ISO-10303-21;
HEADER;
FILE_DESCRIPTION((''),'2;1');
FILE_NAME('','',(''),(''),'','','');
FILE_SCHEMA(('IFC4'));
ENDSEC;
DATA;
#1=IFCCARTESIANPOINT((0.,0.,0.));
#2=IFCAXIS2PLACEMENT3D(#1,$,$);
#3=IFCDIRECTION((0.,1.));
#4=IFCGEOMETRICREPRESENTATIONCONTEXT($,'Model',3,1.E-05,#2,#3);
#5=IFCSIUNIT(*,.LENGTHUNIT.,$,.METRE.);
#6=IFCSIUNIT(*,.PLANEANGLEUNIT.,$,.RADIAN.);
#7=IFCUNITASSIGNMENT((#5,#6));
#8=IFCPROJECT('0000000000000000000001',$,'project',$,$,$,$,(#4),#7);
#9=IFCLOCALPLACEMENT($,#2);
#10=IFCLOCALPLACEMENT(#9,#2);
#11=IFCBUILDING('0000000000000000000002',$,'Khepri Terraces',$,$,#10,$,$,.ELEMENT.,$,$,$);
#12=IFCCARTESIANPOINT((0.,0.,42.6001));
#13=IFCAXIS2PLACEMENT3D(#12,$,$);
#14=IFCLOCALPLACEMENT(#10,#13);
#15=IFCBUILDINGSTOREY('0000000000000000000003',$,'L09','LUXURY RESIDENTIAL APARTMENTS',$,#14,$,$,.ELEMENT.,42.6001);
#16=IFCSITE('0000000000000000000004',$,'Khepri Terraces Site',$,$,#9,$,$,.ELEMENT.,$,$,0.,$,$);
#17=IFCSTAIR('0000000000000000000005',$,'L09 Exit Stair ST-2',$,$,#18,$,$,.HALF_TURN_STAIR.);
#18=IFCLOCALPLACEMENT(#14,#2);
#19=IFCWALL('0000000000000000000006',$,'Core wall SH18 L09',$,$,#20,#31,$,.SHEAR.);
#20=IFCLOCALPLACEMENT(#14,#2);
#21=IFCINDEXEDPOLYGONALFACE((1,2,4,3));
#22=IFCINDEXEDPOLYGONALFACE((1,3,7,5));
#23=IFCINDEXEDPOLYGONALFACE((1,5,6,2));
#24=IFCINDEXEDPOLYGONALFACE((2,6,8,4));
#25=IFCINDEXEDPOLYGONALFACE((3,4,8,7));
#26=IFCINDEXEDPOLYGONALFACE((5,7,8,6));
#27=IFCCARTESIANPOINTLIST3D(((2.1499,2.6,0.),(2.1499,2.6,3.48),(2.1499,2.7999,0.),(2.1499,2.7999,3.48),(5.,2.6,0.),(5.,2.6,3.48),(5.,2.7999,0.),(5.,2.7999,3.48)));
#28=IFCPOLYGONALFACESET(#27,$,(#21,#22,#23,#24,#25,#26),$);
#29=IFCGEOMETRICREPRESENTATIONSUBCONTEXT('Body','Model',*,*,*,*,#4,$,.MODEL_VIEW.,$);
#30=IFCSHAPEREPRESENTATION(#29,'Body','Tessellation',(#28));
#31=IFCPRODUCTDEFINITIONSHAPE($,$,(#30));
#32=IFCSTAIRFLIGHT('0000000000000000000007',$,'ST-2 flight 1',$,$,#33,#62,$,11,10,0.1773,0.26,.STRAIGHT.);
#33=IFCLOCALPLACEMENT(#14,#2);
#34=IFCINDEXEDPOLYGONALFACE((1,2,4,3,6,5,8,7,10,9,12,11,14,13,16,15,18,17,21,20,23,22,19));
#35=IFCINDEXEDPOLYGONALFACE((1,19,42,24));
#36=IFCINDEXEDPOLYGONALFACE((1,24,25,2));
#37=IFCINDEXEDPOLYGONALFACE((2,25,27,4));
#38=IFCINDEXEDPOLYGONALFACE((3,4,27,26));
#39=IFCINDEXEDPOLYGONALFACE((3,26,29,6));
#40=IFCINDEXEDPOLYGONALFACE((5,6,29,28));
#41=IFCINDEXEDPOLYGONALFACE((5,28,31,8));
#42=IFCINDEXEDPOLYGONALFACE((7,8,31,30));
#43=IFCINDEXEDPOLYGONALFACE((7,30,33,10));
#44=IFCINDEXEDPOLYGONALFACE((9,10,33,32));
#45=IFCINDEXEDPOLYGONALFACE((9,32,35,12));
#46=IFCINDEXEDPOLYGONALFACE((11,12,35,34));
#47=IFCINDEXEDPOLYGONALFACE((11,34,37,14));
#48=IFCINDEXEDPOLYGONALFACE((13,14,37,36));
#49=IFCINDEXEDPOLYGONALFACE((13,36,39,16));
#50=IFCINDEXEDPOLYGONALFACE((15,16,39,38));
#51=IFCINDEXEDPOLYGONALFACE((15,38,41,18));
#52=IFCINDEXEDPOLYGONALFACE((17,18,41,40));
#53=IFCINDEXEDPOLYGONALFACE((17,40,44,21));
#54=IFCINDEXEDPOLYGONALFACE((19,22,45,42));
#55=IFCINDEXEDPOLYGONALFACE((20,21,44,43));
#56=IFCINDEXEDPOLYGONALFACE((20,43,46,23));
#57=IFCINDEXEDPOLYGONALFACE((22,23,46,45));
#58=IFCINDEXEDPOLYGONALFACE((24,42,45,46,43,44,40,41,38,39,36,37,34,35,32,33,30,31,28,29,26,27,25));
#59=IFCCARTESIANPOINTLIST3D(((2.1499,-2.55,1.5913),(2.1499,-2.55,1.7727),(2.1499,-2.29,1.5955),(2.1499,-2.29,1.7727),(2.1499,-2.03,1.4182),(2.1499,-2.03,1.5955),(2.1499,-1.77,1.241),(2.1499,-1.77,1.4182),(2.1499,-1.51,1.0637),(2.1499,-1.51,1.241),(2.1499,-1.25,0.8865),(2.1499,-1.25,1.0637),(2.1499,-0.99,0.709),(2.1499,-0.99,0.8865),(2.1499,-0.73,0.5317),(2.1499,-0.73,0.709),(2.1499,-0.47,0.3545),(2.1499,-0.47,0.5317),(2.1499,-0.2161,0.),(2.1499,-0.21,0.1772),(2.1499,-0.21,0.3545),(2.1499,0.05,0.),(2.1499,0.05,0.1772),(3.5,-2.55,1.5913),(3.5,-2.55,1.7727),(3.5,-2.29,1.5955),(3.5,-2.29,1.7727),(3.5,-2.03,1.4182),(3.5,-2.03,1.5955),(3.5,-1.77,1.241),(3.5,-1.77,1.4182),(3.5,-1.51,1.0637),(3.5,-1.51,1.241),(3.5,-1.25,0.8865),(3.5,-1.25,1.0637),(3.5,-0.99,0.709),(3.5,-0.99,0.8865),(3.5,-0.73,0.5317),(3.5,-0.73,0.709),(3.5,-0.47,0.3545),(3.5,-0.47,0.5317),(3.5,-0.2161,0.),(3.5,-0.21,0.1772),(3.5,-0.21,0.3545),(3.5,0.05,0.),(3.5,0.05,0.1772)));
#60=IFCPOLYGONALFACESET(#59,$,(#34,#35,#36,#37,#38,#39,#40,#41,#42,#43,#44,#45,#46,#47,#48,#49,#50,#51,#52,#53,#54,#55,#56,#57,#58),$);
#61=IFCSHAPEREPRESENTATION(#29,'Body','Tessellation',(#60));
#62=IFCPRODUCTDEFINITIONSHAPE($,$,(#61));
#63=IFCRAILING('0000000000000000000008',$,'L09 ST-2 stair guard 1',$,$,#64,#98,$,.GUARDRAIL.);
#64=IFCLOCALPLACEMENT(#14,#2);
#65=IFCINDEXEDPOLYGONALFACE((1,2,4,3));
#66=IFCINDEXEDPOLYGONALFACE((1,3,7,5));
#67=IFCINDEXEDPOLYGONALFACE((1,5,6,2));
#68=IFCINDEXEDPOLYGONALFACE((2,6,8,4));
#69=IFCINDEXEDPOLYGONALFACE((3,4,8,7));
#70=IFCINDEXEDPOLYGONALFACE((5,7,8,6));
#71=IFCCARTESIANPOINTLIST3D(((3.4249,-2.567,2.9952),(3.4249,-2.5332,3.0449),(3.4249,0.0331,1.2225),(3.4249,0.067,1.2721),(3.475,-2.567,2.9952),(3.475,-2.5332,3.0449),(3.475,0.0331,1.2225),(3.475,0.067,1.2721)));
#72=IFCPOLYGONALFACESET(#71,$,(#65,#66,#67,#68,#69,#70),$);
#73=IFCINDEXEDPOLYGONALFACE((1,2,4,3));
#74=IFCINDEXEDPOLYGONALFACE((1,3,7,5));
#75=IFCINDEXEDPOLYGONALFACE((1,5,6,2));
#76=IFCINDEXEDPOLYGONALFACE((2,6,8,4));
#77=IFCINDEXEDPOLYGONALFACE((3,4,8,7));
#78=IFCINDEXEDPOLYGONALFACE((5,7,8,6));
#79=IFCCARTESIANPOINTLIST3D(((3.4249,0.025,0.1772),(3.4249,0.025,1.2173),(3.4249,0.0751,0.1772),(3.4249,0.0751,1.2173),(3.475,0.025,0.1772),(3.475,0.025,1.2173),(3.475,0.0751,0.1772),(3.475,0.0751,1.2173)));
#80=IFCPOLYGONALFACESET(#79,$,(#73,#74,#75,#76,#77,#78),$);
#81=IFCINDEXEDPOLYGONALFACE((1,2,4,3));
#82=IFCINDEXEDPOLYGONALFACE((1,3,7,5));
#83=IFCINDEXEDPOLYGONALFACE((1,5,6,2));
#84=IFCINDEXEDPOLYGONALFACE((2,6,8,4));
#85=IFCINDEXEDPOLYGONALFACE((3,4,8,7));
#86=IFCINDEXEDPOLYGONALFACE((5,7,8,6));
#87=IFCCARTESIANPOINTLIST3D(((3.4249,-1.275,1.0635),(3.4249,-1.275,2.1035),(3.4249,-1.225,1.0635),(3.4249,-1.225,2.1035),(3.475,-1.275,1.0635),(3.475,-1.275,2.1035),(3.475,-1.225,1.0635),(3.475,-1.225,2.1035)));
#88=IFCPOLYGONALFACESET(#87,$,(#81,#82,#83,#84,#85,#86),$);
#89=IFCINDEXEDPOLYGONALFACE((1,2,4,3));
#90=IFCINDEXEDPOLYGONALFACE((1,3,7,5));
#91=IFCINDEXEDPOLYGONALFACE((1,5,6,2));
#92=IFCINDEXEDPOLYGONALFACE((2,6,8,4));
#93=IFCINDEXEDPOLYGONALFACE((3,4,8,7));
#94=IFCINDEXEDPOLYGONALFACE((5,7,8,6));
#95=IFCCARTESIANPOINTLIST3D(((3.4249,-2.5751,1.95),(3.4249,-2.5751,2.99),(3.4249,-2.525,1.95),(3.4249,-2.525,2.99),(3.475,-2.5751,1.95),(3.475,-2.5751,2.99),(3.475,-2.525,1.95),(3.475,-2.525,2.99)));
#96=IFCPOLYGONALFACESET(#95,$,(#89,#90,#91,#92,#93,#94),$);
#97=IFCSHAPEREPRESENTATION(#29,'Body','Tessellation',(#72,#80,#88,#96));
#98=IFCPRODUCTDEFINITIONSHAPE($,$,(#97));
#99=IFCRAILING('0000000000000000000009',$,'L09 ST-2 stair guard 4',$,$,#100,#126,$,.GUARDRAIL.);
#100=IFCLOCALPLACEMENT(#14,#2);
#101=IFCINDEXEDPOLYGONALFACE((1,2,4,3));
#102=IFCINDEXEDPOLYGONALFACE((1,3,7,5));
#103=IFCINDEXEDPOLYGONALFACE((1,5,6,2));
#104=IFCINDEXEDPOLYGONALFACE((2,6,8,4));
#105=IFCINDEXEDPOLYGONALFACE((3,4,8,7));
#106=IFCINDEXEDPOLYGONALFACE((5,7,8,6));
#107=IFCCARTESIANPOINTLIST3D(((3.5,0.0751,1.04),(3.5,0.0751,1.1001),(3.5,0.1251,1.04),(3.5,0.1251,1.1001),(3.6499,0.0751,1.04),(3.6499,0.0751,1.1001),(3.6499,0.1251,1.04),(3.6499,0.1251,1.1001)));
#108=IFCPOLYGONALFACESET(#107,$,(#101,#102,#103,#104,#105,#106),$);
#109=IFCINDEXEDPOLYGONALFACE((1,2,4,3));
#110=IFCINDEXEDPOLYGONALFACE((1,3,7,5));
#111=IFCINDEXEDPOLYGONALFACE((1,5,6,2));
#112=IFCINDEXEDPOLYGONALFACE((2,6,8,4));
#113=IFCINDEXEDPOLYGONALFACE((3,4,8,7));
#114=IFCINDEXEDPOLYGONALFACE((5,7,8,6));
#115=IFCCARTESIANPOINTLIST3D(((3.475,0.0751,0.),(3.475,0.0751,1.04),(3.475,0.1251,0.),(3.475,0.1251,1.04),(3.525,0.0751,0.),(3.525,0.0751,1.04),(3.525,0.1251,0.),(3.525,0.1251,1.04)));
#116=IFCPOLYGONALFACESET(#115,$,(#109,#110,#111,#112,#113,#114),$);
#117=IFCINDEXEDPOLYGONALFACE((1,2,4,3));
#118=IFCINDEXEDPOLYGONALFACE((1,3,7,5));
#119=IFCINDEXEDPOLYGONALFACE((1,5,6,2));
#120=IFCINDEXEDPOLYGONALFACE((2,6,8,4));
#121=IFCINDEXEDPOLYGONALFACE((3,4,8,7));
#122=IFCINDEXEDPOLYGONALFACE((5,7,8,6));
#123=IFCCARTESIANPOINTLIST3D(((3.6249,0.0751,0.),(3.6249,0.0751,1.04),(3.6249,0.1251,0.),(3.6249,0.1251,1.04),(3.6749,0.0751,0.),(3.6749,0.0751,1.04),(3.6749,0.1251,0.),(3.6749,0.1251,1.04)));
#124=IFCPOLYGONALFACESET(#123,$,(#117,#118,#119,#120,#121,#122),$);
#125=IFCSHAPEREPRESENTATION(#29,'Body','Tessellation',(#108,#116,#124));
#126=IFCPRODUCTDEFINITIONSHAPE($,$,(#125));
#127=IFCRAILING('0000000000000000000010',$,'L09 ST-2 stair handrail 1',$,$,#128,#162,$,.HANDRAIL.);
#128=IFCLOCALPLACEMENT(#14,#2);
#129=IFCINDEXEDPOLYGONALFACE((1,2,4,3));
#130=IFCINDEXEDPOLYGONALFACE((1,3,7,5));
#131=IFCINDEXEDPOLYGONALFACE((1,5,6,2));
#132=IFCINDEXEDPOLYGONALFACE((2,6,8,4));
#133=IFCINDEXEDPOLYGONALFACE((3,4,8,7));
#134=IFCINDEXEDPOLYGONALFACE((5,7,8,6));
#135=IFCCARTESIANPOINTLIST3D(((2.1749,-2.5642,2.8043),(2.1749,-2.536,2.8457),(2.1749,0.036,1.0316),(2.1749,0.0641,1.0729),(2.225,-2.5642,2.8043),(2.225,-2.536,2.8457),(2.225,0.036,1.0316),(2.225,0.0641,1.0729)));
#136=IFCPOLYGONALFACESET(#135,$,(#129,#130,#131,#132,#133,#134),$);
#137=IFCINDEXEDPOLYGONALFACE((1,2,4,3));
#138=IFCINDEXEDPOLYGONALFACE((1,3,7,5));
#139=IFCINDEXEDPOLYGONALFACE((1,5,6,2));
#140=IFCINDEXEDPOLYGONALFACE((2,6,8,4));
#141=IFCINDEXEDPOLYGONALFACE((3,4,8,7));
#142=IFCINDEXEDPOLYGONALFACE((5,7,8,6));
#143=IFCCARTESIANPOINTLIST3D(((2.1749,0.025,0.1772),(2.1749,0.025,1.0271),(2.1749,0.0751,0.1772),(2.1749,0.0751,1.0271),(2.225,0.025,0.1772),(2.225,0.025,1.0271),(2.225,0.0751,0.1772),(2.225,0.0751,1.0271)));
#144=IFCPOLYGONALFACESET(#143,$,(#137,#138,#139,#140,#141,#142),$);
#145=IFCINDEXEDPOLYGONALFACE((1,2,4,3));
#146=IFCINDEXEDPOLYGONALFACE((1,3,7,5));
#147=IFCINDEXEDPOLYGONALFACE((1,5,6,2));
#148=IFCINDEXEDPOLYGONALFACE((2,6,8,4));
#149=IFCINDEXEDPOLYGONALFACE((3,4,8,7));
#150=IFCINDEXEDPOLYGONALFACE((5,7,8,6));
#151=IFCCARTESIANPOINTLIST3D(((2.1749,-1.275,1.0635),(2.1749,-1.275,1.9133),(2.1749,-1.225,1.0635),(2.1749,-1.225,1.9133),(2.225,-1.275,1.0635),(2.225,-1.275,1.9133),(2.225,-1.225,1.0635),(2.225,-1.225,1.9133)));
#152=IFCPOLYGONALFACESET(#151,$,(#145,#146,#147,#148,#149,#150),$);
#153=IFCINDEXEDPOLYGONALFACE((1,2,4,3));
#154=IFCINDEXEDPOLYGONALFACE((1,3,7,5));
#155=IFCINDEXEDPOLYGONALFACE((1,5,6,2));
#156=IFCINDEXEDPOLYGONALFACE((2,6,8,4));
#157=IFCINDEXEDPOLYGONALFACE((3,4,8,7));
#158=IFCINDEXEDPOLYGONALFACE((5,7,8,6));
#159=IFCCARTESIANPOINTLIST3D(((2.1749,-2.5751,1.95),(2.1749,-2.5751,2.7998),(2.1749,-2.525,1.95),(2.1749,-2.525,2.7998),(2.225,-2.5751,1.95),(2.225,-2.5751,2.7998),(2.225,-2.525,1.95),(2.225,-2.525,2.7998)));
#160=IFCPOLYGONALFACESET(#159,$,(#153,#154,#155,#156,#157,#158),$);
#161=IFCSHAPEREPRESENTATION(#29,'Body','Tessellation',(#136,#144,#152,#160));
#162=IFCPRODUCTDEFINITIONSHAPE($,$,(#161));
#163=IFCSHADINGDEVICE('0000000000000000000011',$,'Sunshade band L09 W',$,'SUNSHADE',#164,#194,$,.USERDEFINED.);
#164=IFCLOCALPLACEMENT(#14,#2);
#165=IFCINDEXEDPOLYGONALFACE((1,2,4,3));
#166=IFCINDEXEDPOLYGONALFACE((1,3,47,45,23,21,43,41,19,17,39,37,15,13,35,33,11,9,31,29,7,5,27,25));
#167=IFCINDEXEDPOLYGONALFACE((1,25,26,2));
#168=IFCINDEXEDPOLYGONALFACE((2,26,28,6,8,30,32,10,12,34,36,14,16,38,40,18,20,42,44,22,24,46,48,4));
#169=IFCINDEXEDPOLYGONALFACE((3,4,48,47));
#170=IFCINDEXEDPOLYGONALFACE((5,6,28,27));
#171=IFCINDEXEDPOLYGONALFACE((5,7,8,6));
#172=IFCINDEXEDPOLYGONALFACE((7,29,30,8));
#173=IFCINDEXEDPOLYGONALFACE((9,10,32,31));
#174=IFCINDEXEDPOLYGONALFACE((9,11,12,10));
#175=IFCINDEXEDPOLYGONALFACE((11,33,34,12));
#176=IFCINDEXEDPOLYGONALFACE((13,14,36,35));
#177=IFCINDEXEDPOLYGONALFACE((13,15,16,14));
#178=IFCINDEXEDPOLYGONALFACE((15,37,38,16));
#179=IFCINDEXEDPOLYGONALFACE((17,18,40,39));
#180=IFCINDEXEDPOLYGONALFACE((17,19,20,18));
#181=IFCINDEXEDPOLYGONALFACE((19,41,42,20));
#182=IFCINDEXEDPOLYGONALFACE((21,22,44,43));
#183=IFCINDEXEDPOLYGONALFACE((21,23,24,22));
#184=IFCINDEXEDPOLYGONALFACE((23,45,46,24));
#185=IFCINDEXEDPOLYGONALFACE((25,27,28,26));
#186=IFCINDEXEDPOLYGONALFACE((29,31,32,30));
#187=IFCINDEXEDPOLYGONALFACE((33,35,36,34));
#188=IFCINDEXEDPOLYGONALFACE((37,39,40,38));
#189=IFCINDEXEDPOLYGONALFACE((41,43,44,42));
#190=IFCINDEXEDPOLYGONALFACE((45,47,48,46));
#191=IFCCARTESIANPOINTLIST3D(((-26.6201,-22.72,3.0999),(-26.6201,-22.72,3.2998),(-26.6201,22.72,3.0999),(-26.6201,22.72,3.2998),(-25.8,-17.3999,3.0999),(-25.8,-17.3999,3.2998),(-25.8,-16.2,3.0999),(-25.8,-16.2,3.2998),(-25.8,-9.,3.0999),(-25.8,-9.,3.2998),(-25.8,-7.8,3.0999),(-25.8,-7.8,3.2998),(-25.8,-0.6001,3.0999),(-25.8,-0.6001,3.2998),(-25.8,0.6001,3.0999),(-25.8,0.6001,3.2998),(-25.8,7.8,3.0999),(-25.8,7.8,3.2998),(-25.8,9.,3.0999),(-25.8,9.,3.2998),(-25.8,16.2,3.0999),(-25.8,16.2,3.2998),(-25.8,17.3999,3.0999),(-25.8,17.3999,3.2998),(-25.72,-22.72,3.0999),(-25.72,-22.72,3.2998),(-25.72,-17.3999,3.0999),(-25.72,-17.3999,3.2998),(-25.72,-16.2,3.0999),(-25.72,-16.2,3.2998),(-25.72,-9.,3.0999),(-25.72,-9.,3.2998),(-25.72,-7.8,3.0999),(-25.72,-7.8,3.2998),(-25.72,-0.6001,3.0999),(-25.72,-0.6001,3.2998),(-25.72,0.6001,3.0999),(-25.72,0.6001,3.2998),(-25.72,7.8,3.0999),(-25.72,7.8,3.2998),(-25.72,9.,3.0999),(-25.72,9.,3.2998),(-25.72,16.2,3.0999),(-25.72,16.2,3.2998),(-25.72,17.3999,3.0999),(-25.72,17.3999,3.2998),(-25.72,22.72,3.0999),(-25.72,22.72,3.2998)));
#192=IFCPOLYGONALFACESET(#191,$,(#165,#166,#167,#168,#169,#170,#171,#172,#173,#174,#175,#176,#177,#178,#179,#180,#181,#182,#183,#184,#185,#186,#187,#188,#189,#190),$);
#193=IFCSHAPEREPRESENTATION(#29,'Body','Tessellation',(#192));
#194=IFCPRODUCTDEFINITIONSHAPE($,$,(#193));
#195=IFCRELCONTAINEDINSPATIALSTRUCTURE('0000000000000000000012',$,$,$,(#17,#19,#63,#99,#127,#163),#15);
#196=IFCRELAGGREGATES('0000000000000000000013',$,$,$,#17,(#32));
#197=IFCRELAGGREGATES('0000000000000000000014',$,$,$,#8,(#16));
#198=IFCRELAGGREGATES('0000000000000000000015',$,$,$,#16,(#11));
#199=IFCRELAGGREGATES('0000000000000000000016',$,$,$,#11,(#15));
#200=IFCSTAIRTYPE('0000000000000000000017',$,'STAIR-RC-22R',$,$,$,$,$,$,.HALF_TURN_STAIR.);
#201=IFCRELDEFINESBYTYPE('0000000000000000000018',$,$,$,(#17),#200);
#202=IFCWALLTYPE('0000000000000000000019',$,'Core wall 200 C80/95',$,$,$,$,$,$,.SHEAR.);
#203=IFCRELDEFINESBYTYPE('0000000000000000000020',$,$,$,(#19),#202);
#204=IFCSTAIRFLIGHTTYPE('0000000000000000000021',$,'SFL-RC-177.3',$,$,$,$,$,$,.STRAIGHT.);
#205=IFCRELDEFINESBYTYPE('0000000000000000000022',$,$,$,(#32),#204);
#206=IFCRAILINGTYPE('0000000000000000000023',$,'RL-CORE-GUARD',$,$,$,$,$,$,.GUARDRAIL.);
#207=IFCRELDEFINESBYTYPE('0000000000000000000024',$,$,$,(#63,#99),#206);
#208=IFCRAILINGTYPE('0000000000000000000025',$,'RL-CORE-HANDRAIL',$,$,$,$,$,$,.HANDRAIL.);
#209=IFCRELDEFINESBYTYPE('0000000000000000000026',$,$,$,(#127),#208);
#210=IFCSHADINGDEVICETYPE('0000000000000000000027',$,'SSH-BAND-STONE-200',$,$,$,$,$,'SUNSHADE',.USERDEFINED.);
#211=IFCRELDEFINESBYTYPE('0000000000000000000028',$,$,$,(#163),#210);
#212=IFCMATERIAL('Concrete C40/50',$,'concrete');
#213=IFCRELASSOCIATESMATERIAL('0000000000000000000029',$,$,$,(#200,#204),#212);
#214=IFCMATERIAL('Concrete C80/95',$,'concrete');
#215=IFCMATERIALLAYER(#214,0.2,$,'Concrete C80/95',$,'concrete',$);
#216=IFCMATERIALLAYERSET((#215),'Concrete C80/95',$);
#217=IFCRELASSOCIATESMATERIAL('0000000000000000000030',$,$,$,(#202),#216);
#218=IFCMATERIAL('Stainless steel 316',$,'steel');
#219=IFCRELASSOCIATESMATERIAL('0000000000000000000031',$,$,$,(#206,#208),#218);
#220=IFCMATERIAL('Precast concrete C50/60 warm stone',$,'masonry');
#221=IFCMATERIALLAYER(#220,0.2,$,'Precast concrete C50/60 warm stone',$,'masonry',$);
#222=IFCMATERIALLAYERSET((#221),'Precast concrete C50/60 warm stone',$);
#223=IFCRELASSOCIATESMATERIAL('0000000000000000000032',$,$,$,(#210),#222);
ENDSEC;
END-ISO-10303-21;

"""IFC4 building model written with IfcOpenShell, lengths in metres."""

from ifc_helpers import new_model, si_unit, direction, frame, frame_2d, origin, origin_2d, place, context, subcontext, project, spatial, polyline, rectangle, outline, extrude, material, layer, layer_set, type_object, element, aggregate, save


model = new_model("IFC4")

# Units and contexts
model_context = context("Model", 3, precision=1e-05, world=origin(), true_north=direction((0.0, 1.0)))
body_context = subcontext(model_context, "Body", "Model", "MODEL_VIEW")
ifc_project = project(units=[si_unit("LENGTHUNIT", "METRE"), si_unit("PLANEANGLEUNIT", "RADIAN")], contexts=[model_context])

# Site, building, storey
site_placement = place(None, origin())
site = spatial("IfcSite", under=ifc_project, at=site_placement, Name="Khepri Terraces Site", CompositionType="ELEMENT", RefElevation=0.0)
building_placement = place(site_placement, origin())
building = spatial("IfcBuilding", under=site, at=building_placement, Name="Khepri Terraces", CompositionType="ELEMENT")
storey_placement = place(building_placement, frame((0.0, 0.0, 42.6001)))
storey = spatial("IfcBuildingStorey", under=building, at=storey_placement, Name="L09", Description="LUXURY RESIDENTIAL APARTMENTS", CompositionType="ELEMENT", Elevation=42.6001)

# Stair
ifc_material_1 = material(Name="Concrete C40/50", Category="concrete")
stair_type = type_object("IfcStairType", Name="STAIR-RC-22R", PredefinedType="HALF_TURN_STAIR", material=ifc_material_1)
stair_1_placement = place(storey_placement, origin())
stair_1 = element("IfcStair", 1, at=stair_1_placement, inside=storey, type_object=stair_type, Name="L09 Exit Stair ST-2", PredefinedType="HALF_TURN_STAIR")

# Shared definitions
ifc_material_2 = material(Name="Concrete C80/95", Category="concrete")
ifc_layer_1 = layer(ifc_material_2, 0.2, Name="Concrete C80/95", Category="concrete")
ifc_layer_set_1 = layer_set([ifc_layer_1], Name="Concrete C80/95")
wall_type = type_object("IfcWallType", Name="Core wall 200 C80/95", PredefinedType="SHEAR", material=ifc_layer_set_1)

# Wall
wall_1_placement = place(storey_placement, frame((2.1499, 2.7, 0.0), z_axis=(0.0, 0.0, 1.0), x_axis=(1.0, 0.0, 0.0)))
element("IfcWall", 2, at=wall_1_placement, inside=storey, type_object=wall_type, Name="Core wall SH18 L09", PredefinedType="SHEAR", context=body_context, shape_type="SweptSolid", body=[
    extrude(rectangle(XDim=2.8501, YDim=0.2, at=frame_2d((1.425, 0.0))), origin(), (0.0, 0.0, 1.0), 3.48),
])

# Stair flight
stair_flight_type = type_object("IfcStairFlightType", Name="SFL-RC-177.3", PredefinedType="STRAIGHT", material=ifc_material_1)
stair_flight_placement = place(storey_placement, frame((2.825, 0.05, 0.0), z_axis=(0.0, 0.0, 1.0), x_axis=(0.0, -1.0, 0.0)))
stair_flight = element("IfcStairFlight", 3, at=stair_flight_placement, type_object=stair_flight_type, Name="ST-2 flight 1", NumberOfRisers=11, NumberOfTreads=10, PredefinedType="STRAIGHT", RiserHeight=0.1773, TreadLength=0.26, context=body_context, shape_type="SweptSolid", body=[
    extrude(outline(polyline([(0.0, 0.0), (0.0, 0.1772), (0.26, 0.1772), (0.26, 0.3545), (0.52, 0.3545), (0.52, 0.5317), (0.78, 0.5317), (0.78, 0.709), (1.04, 0.709), (1.04, 0.8865), (1.3, 0.8865), (1.3, 1.0637), (1.5601, 1.0637), (1.5601, 1.241), (1.8201, 1.241), (1.8201, 1.4182), (2.0801, 1.4182), (2.0801, 1.5955), (2.3401, 1.5955), (2.3401, 1.7727), (2.6001, 1.7727), (2.6001, 1.95), (2.6001, 1.5913), (0.2661, 0.0), (0.0, 0.0)])), frame((0.0, 0.675, 0.0), z_axis=(0.0, -1.0, 0.0), x_axis=(1.0, 0.0, 0.0)), (0.0, 0.0, 1.0), 1.3501),
])
aggregate(stair_1, [stair_flight])

# Railings
ifc_material_3 = material(Name="Stainless steel 316", Category="steel")
railing_type_1 = type_object("IfcRailingType", Name="RL-CORE-GUARD", PredefinedType="GUARDRAIL", material=ifc_material_3)
railing_1_placement = place(storey_placement, frame((3.45, 0.05, 0.1772)))
element("IfcRailing", 4, at=railing_1_placement, inside=storey, type_object=railing_type_1, Name="L09 ST-2 stair guard 1", PredefinedType="GUARDRAIL", context=body_context, shape_type="SweptSolid", body=[
    extrude(rectangle(XDim=0.05, YDim=0.0601, at=origin_2d()), frame((0.0, 0.0, 1.0701), z_axis=(0.0, -0.82624, 0.563318), x_axis=(1.0, 0.0, 0.0)), (0.0, 0.0, 1.0), 3.147),
    extrude(rectangle(XDim=0.05, YDim=0.05, at=origin_2d()), origin(), (0.0, 0.0, 1.0), 1.04),
    extrude(rectangle(XDim=0.05, YDim=0.05, at=origin_2d()), frame((0.0, -1.3, 0.8862)), (0.0, 0.0, 1.0), 1.04),
    extrude(rectangle(XDim=0.05, YDim=0.05, at=origin_2d()), frame((0.0, -2.6001, 1.7727)), (0.0, 0.0, 1.0), 1.04),
])
railing_2_placement = place(storey_placement, frame((3.5, 0.1001, 0.0)))
element("IfcRailing", 5, at=railing_2_placement, inside=storey, type_object=railing_type_1, Name="L09 ST-2 stair guard 4", PredefinedType="GUARDRAIL", context=body_context, shape_type="SweptSolid", body=[
    extrude(rectangle(XDim=0.05, YDim=0.0601, at=origin_2d()), frame((0.0, 0.0, 1.0701), z_axis=(1.0, 0.0, 0.0), x_axis=(0.0, 1.0, 0.0)), (0.0, 0.0, 1.0), 0.1499),
    extrude(rectangle(XDim=0.05, YDim=0.05, at=origin_2d()), origin(), (0.0, 0.0, 1.0), 1.04),
    extrude(rectangle(XDim=0.05, YDim=0.05, at=origin_2d()), frame((0.1499, 0.0, 0.0)), (0.0, 0.0, 1.0), 1.04),
])
railing_type_2 = type_object("IfcRailingType", Name="RL-CORE-HANDRAIL", PredefinedType="HANDRAIL", material=ifc_material_3)
railing_3_placement = place(storey_placement, frame((2.2, 0.05, 0.1772)))
element("IfcRailing", 6, at=railing_3_placement, inside=storey, type_object=railing_type_2, Name="L09 ST-2 stair handrail 1", PredefinedType="HANDRAIL", context=body_context, shape_type="SweptSolid", body=[
    extrude(rectangle(XDim=0.05, YDim=0.05, at=origin_2d()), frame((0.0, 0.0, 0.875), z_axis=(0.0, -0.82624, 0.563318), x_axis=(1.0, 0.0, 0.0)), (0.0, 0.0, 1.0), 3.147),
    extrude(rectangle(XDim=0.05, YDim=0.05, at=origin_2d()), origin(), (0.0, 0.0, 1.0), 0.8499),
    extrude(rectangle(XDim=0.05, YDim=0.05, at=origin_2d()), frame((0.0, -1.3, 0.8862)), (0.0, 0.0, 1.0), 0.8499),
    extrude(rectangle(XDim=0.05, YDim=0.05, at=origin_2d()), frame((0.0, -2.6001, 1.7727)), (0.0, 0.0, 1.0), 0.8499),
])

# Shading device
ifc_material_4 = material(Name="Precast concrete C50/60 warm stone", Category="masonry")
ifc_layer_2 = layer(ifc_material_4, 0.2, Name="Precast concrete C50/60 warm stone", Category="masonry")
ifc_layer_set_2 = layer_set([ifc_layer_2], Name="Precast concrete C50/60 warm stone")
shading_device_type_1 = type_object("IfcShadingDeviceType", Name="SSH-BAND-STONE-200", ElementType="SUNSHADE", PredefinedType="USERDEFINED", material=ifc_layer_set_2)
shading_device_1_placement = place(storey_placement, frame((0.0, 0.0, 3.0999)))
element("IfcShadingDevice", 7, at=shading_device_1_placement, inside=storey, type_object=shading_device_type_1, Name="Sunshade band L09 W", ObjectType="SUNSHADE", PredefinedType="USERDEFINED", context=body_context, shape_type="SweptSolid", body=[
    extrude(outline(polyline([(-25.72, 17.3999), (-25.72, 22.72), (-26.6201, 22.72), (-26.6201, -22.72), (-25.72, -22.72), (-25.72, -17.3999), (-25.8, -17.3999), (-25.8, -16.2), (-25.72, -16.2), (-25.72, -9.0), (-25.8, -9.0), (-25.8, -7.8), (-25.72, -7.8), (-25.72, -0.6001), (-25.8, -0.6001), (-25.8, 0.6001), (-25.72, 0.6001), (-25.72, 7.8), (-25.8, 7.8), (-25.8, 9.0), (-25.72, 9.0), (-25.72, 16.2), (-25.8, 16.2), (-25.8, 17.3999), (-25.72, 17.3999)])), origin(), (0.0, 0.0, 1.0), 0.2),
])

save(model, "model.ifc")
